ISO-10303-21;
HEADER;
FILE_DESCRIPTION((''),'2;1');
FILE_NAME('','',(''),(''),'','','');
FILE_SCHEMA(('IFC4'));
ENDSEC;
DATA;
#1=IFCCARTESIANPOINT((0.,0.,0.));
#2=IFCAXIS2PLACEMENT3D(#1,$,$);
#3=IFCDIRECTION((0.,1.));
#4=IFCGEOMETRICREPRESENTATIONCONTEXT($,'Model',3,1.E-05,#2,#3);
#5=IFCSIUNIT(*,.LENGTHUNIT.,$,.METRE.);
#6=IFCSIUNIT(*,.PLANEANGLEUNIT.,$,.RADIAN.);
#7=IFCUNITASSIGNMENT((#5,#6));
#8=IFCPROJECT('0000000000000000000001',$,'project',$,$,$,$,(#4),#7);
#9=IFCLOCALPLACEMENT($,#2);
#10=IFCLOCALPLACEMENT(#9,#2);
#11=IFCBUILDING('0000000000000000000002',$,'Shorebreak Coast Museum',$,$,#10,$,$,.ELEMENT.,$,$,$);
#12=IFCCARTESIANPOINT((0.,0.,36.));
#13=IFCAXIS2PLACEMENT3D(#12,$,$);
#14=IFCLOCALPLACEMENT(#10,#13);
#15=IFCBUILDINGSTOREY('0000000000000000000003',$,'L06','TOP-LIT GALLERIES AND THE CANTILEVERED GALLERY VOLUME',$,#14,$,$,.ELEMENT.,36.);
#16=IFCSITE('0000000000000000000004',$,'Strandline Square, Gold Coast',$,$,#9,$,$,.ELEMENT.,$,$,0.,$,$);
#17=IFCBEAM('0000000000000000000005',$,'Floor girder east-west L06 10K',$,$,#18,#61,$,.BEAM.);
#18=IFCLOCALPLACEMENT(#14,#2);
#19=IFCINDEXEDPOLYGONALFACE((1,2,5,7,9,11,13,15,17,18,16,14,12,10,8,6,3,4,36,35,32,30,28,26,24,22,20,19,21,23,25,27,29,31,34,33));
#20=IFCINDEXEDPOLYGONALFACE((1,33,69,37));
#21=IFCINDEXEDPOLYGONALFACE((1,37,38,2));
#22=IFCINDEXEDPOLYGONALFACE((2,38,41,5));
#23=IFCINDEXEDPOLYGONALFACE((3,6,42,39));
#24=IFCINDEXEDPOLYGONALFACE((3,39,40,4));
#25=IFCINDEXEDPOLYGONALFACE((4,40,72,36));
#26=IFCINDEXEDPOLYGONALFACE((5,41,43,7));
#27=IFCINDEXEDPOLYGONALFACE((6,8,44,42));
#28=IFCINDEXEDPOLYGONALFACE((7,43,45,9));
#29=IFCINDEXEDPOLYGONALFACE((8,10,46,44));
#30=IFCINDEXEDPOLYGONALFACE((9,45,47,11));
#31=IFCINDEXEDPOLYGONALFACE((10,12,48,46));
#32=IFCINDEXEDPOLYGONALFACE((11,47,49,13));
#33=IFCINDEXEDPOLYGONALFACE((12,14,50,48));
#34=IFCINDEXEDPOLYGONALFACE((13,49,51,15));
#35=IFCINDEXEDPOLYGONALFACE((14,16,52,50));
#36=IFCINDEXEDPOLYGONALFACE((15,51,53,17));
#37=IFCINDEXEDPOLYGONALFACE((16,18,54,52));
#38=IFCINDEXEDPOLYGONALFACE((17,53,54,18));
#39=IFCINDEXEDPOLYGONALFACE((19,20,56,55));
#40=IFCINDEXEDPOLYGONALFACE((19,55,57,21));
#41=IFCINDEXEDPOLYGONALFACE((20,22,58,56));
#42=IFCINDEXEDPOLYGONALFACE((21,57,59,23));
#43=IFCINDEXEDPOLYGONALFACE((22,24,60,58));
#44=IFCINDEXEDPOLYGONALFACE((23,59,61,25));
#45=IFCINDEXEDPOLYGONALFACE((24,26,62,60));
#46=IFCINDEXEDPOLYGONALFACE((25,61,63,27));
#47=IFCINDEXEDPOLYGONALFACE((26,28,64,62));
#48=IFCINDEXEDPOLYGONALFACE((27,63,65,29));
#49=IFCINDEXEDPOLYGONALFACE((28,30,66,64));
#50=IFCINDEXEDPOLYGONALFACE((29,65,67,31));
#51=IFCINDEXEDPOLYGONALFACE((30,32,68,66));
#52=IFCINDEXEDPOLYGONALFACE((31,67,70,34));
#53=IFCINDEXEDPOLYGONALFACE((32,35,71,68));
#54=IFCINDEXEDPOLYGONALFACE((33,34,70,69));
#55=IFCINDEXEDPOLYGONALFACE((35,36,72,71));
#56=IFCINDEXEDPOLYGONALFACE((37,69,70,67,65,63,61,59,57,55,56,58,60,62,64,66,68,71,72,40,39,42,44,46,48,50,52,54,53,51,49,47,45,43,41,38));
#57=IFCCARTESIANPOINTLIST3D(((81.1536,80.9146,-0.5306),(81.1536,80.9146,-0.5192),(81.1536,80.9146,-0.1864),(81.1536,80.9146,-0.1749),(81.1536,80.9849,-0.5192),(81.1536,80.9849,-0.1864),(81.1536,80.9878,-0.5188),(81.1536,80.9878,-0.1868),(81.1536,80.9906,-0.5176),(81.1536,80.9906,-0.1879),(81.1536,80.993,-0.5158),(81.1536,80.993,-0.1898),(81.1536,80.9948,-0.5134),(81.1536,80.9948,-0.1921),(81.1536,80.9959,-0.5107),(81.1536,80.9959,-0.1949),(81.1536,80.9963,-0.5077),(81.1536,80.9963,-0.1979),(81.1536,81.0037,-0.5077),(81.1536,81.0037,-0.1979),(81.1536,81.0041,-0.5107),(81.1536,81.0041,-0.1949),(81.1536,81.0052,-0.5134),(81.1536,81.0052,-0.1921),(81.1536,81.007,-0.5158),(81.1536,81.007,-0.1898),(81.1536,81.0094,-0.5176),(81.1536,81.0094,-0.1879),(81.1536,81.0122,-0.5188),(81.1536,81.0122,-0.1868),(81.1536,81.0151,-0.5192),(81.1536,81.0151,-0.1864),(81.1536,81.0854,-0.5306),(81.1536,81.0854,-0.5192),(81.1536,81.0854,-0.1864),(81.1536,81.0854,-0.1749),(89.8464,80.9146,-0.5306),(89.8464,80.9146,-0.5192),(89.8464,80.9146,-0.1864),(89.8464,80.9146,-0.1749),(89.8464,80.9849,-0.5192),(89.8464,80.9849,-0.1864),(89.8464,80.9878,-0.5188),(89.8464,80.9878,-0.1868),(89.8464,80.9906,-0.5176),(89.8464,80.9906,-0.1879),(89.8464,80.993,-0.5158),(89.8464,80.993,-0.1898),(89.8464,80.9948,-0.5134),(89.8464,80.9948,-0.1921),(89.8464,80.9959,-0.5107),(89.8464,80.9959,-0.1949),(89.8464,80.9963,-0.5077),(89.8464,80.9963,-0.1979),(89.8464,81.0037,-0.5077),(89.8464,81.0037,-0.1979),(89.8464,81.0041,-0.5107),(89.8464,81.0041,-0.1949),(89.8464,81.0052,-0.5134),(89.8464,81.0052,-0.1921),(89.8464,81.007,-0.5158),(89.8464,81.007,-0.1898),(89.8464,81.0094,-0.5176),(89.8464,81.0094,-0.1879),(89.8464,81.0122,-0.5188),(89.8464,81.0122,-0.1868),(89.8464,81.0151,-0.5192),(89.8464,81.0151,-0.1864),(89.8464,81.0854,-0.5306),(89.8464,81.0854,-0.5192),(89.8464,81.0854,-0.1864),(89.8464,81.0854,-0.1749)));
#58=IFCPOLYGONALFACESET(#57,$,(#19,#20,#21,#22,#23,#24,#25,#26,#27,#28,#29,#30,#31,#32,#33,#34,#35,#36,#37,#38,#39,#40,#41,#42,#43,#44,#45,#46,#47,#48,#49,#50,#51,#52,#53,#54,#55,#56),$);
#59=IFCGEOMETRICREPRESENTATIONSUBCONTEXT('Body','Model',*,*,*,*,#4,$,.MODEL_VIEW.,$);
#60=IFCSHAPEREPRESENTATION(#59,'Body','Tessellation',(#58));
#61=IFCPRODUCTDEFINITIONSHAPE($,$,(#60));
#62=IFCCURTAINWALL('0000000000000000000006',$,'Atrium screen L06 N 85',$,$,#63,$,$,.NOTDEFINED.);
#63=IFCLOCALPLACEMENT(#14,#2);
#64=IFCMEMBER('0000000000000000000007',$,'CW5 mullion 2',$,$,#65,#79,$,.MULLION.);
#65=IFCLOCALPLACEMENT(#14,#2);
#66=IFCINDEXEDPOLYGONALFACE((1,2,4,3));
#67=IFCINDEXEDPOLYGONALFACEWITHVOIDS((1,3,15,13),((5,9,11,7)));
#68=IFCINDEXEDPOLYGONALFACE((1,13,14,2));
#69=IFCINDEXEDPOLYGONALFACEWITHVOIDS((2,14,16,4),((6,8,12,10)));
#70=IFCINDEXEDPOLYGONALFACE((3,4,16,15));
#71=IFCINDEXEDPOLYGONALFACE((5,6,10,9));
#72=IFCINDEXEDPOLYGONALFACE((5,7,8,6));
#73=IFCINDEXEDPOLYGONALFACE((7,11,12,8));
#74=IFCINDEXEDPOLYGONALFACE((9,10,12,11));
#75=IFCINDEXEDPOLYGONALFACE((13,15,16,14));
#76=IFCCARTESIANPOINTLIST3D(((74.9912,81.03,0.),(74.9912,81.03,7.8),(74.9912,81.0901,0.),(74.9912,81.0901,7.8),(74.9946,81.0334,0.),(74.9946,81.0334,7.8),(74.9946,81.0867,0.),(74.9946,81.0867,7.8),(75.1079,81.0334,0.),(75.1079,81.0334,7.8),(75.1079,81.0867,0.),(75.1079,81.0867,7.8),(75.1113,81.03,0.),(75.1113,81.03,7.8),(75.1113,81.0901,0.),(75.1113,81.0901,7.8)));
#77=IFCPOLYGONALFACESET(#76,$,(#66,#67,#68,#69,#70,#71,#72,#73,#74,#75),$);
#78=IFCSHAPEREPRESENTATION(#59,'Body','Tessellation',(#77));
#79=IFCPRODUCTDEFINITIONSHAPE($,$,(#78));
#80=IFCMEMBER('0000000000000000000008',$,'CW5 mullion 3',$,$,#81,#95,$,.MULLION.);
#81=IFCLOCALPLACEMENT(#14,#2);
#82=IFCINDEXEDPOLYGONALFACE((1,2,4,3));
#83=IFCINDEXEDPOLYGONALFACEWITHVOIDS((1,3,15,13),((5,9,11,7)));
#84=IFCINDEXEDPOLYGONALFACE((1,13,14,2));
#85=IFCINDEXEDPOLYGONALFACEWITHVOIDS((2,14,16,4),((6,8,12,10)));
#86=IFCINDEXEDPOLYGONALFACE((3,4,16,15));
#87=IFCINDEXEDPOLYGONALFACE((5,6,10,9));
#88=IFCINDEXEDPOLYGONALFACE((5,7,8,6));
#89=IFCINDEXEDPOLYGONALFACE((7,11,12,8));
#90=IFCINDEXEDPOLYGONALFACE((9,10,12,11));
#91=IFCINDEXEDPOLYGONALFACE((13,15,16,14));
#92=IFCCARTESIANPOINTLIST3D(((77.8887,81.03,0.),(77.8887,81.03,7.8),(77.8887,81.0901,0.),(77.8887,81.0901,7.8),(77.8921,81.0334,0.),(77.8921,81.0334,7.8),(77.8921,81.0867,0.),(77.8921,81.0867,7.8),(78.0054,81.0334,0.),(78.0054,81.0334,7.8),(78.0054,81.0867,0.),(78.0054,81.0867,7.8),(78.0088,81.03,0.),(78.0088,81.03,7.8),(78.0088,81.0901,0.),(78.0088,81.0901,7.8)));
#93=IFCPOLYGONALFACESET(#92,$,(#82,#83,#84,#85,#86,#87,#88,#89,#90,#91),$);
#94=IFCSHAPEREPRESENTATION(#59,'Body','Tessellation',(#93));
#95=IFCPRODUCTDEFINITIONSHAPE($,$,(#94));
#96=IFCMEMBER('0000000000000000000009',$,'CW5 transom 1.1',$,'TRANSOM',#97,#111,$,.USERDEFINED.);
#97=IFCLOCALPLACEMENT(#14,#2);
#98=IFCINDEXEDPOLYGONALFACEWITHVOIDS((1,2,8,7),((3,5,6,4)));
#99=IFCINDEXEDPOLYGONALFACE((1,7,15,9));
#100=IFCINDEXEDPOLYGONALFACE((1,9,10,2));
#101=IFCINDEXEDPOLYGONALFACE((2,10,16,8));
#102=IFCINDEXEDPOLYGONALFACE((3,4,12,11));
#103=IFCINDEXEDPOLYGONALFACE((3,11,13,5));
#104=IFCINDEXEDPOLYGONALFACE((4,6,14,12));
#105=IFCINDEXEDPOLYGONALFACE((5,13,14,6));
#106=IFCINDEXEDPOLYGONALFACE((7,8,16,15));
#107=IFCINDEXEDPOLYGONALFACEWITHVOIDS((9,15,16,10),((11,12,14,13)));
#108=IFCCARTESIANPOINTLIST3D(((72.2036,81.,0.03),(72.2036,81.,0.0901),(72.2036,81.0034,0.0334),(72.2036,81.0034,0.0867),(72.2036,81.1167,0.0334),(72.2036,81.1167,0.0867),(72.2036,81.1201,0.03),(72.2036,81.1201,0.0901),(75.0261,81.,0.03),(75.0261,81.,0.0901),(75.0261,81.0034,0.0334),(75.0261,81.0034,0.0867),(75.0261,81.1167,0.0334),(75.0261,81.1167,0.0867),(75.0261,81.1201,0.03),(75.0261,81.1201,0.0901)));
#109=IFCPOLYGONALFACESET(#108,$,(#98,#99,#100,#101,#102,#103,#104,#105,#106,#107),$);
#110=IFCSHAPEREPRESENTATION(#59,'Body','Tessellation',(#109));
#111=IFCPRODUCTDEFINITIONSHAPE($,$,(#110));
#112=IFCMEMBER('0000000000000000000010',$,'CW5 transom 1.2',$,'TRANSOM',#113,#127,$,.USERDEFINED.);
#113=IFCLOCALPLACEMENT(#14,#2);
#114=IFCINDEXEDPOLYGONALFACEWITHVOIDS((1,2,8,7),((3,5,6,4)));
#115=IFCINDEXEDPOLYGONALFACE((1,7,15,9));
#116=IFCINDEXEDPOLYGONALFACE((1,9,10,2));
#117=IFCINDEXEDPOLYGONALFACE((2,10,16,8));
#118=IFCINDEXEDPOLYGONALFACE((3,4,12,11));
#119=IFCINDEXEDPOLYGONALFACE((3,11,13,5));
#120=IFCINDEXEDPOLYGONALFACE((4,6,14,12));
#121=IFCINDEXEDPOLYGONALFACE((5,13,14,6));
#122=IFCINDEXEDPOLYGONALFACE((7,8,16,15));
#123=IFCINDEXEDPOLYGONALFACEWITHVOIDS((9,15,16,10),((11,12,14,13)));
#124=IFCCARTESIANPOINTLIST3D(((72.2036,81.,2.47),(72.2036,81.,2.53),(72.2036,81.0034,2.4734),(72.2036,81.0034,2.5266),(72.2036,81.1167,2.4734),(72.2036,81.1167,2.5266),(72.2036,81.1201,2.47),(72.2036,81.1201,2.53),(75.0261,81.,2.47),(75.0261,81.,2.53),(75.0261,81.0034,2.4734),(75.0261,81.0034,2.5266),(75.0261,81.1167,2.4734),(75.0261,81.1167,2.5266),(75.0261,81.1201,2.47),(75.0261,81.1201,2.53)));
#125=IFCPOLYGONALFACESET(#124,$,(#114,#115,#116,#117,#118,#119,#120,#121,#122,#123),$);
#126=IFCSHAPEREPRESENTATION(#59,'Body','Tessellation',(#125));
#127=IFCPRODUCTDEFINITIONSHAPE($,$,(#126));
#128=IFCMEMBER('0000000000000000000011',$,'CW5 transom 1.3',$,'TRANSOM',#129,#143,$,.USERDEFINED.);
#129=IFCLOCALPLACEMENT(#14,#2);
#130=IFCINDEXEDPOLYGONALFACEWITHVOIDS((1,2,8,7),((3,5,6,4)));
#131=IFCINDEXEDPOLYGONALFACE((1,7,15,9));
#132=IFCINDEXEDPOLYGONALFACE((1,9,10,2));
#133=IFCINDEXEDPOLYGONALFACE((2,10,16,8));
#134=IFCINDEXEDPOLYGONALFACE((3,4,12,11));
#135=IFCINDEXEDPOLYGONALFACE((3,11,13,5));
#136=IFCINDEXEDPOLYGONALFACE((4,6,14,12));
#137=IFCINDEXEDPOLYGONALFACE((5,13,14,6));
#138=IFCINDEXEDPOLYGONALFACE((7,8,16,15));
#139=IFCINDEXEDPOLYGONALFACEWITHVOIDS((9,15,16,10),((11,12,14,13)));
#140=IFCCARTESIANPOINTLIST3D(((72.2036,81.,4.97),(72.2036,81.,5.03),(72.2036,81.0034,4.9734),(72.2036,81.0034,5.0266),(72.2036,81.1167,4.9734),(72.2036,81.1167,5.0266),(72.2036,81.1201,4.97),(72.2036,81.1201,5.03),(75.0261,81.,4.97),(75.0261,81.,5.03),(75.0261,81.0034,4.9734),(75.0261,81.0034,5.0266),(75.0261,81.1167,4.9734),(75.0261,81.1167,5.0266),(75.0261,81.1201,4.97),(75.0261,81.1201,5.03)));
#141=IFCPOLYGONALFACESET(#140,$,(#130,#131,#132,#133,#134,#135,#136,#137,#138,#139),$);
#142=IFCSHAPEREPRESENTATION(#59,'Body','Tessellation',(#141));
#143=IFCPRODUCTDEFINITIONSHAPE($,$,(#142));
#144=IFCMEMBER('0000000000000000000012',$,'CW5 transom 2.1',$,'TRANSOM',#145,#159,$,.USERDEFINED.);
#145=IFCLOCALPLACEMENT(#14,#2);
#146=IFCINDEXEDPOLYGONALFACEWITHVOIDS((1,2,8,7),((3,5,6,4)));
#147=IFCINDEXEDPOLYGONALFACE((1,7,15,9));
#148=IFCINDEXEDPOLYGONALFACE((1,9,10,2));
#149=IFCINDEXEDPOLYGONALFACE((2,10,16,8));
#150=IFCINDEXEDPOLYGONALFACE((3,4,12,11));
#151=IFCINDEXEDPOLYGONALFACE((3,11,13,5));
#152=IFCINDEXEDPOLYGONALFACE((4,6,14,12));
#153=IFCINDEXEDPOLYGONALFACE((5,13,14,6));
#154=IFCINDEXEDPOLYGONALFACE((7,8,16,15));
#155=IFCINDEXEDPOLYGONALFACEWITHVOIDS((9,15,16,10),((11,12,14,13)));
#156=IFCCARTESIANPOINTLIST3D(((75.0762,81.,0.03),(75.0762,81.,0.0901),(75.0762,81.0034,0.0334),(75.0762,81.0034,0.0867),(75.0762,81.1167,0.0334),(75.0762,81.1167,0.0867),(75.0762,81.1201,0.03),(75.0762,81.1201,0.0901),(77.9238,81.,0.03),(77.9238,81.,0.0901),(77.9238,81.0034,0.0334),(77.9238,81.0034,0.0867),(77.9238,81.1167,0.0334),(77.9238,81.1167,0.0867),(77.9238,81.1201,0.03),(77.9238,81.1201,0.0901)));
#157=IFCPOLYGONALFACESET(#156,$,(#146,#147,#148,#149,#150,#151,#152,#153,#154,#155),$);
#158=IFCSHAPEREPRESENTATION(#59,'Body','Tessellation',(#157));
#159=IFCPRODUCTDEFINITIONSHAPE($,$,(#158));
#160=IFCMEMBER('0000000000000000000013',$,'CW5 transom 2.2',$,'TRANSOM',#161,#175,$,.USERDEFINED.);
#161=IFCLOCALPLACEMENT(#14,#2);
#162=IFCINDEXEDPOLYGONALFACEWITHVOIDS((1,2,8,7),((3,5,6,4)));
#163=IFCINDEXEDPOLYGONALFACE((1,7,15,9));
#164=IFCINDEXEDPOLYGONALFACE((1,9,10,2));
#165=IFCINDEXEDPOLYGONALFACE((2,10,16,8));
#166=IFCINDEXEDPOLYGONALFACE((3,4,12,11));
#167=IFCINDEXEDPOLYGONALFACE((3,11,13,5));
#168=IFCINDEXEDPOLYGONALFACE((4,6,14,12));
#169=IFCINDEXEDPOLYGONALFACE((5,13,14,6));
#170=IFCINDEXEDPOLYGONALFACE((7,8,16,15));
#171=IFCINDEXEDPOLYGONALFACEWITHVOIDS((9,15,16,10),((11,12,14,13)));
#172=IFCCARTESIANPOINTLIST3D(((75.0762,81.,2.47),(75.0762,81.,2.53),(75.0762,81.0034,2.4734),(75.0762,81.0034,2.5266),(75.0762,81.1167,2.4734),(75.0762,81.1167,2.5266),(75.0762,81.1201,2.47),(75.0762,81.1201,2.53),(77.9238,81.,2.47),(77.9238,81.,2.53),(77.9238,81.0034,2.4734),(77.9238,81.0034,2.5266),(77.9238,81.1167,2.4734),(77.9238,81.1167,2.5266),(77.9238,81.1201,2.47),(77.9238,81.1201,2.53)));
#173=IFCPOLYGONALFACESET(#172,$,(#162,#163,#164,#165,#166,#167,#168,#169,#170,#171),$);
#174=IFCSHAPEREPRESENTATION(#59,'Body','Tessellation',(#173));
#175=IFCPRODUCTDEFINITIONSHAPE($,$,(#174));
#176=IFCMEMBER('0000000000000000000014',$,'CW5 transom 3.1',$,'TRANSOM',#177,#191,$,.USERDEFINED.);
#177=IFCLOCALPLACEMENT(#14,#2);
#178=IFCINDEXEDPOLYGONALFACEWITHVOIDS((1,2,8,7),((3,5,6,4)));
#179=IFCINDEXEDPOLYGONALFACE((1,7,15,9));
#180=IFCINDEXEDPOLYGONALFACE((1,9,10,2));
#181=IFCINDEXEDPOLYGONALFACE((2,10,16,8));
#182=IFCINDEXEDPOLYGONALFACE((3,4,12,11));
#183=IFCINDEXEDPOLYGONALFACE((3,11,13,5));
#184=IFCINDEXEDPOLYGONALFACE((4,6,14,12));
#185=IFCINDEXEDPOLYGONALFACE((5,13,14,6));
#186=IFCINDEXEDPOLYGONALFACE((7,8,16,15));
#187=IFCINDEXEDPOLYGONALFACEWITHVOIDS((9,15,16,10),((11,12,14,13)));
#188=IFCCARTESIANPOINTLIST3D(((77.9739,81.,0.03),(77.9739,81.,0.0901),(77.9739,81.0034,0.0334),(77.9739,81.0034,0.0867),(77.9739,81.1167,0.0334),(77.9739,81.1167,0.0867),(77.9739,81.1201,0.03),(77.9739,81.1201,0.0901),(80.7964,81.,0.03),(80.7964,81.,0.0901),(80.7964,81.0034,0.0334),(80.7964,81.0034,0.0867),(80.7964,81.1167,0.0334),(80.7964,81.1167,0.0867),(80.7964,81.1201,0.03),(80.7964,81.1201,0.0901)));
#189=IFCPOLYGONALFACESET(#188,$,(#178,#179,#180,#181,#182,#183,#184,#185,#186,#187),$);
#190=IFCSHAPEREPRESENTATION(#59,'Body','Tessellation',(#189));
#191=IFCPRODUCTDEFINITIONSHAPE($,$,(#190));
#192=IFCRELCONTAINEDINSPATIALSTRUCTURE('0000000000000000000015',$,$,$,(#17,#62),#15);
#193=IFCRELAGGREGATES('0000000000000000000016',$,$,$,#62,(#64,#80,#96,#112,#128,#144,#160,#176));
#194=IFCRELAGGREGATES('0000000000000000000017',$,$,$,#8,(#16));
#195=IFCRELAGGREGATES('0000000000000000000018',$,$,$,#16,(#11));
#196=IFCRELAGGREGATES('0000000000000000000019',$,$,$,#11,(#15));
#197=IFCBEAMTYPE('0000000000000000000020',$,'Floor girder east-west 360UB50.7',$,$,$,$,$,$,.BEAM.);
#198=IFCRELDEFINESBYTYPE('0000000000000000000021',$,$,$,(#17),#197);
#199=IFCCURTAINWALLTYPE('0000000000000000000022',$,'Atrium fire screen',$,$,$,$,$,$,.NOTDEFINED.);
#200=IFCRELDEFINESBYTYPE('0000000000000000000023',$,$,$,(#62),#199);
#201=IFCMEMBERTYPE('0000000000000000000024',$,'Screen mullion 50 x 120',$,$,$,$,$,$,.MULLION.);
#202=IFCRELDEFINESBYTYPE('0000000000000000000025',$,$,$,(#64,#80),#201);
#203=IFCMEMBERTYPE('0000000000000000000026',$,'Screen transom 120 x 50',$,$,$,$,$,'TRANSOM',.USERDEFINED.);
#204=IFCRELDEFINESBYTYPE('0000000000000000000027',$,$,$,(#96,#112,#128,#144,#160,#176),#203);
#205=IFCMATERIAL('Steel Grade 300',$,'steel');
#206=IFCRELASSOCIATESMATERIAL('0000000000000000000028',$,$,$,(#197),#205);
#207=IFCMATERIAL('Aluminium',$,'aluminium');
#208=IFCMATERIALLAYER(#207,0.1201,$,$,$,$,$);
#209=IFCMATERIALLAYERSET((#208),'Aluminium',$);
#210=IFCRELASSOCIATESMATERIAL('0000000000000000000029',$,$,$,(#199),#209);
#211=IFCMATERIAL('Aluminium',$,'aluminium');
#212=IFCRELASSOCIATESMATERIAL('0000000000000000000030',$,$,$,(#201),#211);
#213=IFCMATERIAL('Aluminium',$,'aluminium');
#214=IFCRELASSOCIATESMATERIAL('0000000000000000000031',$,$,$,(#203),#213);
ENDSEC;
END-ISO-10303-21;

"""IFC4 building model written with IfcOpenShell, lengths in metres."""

from ifc_helpers import new_model, si_unit, direction, frame, origin, origin_2d, place, context, subcontext, project, spatial, hollow_rectangle, i_section, extrude, material, layer, layer_set, material_profile, profile_set, type_object, element, aggregate, save


model = new_model("IFC4")

# Units and contexts
model_context = context("Model", 3, precision=1e-05, world=origin(), true_north=direction((0.0, 1.0)))
body_context = subcontext(model_context, "Body", "Model", "MODEL_VIEW")
ifc_project = project(units=[si_unit("LENGTHUNIT", "METRE"), si_unit("PLANEANGLEUNIT", "RADIAN")], contexts=[model_context])

# Site, building, storey
site_placement = place(None, origin())
site = spatial("IfcSite", under=ifc_project, at=site_placement, Name="Strandline Square, Gold Coast", CompositionType="ELEMENT", RefElevation=0.0)
building_placement = place(site_placement, origin())
building = spatial("IfcBuilding", under=site, at=building_placement, Name="Shorebreak Coast Museum", CompositionType="ELEMENT")
storey_placement = place(building_placement, frame((0.0, 0.0, 36.0)))
storey = spatial("IfcBuildingStorey", under=building, at=storey_placement, Name="L06", Description="TOP-LIT GALLERIES AND THE CANTILEVERED GALLERY VOLUME", CompositionType="ELEMENT", Elevation=36.0)

# Beam
ifc_material_1 = material(Name="Steel Grade 300", Category="steel")
ifc_material_profile_1 = material_profile(ifc_material_1, i_section(OverallWidth=0.1709, OverallDepth=0.3557, WebThickness=0.0073, FlangeThickness=0.0115, FilletRadius=0.0115, at=origin_2d()), Name="360UB50.7")
ifc_profile_set_1 = profile_set([ifc_material_profile_1], Name="Steel Grade 300")
beam_type = type_object("IfcBeamType", Name="Floor girder east-west 360UB50.7", PredefinedType="BEAM", material=ifc_profile_set_1)
beam_placement = place(storey_placement, frame((81.1536, 81.0, -0.3528), z_axis=(1.0, 0.0, 0.0), x_axis=(0.0, 1.0, 0.0)))
element("IfcBeam", 1, at=beam_placement, inside=storey, type_object=beam_type, Name="Floor girder east-west L06 10K", PredefinedType="BEAM", context=body_context, shape_type="SweptSolid", body=[
    extrude(i_section(OverallWidth=0.1709, OverallDepth=0.3557, WebThickness=0.0073, FlangeThickness=0.0115, FilletRadius=0.0115, at=origin_2d()), origin(), (0.0, 0.0, 1.0), 8.6929),
])

# Curtain wall, members
ifc_material_2 = material(Name="Aluminium", Category="aluminium")
ifc_layer_1 = layer(ifc_material_2, 0.1201)
ifc_layer_set_1 = layer_set([ifc_layer_1], Name="Aluminium")
curtain_wall_type = type_object("IfcCurtainWallType", Name="Atrium fire screen", PredefinedType="NOTDEFINED", material=ifc_layer_set_1)
curtain_wall_placement = place(storey_placement, origin())
curtain_wall = element("IfcCurtainWall", 2, at=curtain_wall_placement, inside=storey, type_object=curtain_wall_type, Name="Atrium screen L06 N 85", PredefinedType="NOTDEFINED")
ifc_material_3 = material(Name="Aluminium", Category="aluminium")
ifc_material_profile_2 = material_profile(ifc_material_3, hollow_rectangle(XDim=0.0601, YDim=0.1201, WallThickness=0.0034, at=origin_2d()), Name="AL 120x60 RHS")
ifc_profile_set_2 = profile_set([ifc_material_profile_2], Name="Aluminium")
member_type_1 = type_object("IfcMemberType", Name="Screen mullion 50 x 120", PredefinedType="MULLION", material=ifc_profile_set_2)
member_1_placement = place(storey_placement, frame((75.0513, 81.0601, 0.0), z_axis=(0.0, 0.0, 1.0), x_axis=(0.0, 1.0, 0.0)))
member_1 = element("IfcMember", 3, at=member_1_placement, type_object=member_type_1, Name="CW5 mullion 2", PredefinedType="MULLION", context=body_context, shape_type="SweptSolid", body=[
    extrude(hollow_rectangle(XDim=0.0601, YDim=0.1201, WallThickness=0.0034, at=origin_2d()), origin(), (0.0, 0.0, 1.0), 7.8),
])
member_2_placement = place(storey_placement, frame((77.9487, 81.0601, 0.0), z_axis=(0.0, 0.0, 1.0), x_axis=(0.0, 1.0, 0.0)))
member_2 = element("IfcMember", 4, at=member_2_placement, type_object=member_type_1, Name="CW5 mullion 3", PredefinedType="MULLION", context=body_context, shape_type="SweptSolid", body=[
    extrude(hollow_rectangle(XDim=0.0601, YDim=0.1201, WallThickness=0.0034, at=origin_2d()), origin(), (0.0, 0.0, 1.0), 7.8),
])
ifc_material_4 = material(Name="Aluminium", Category="aluminium")
ifc_material_profile_3 = material_profile(ifc_material_4, hollow_rectangle(XDim=0.1201, YDim=0.0601, WallThickness=0.0034, at=origin_2d()), Name="AL 60x120 RHS")
ifc_profile_set_3 = profile_set([ifc_material_profile_3], Name="Aluminium")
member_type_2 = type_object("IfcMemberType", Name="Screen transom 120 x 50", ElementType="TRANSOM", PredefinedType="USERDEFINED", material=ifc_profile_set_3)
member_3_placement = place(storey_placement, frame((72.2036, 81.0601, 0.0601), z_axis=(1.0, 0.0, 0.0), x_axis=(0.0, 1.0, 0.0)))
member_3 = element("IfcMember", 5, at=member_3_placement, type_object=member_type_2, Name="CW5 transom 1.1", ObjectType="TRANSOM", PredefinedType="USERDEFINED", context=body_context, shape_type="SweptSolid", body=[
    extrude(hollow_rectangle(XDim=0.1201, YDim=0.0601, WallThickness=0.0034, at=origin_2d()), origin(), (0.0, 0.0, 1.0), 2.8225),
])
member_4_placement = place(storey_placement, frame((72.2036, 81.0601, 2.5), z_axis=(1.0, 0.0, 0.0), x_axis=(0.0, 1.0, 0.0)))
member_4 = element("IfcMember", 6, at=member_4_placement, type_object=member_type_2, Name="CW5 transom 1.2", ObjectType="TRANSOM", PredefinedType="USERDEFINED", context=body_context, shape_type="SweptSolid", body=[
    extrude(hollow_rectangle(XDim=0.1201, YDim=0.0601, WallThickness=0.0034, at=origin_2d()), origin(), (0.0, 0.0, 1.0), 2.8225),
])
member_5_placement = place(storey_placement, frame((72.2036, 81.0601, 5.0), z_axis=(1.0, 0.0, 0.0), x_axis=(0.0, 1.0, 0.0)))
member_5 = element("IfcMember", 7, at=member_5_placement, type_object=member_type_2, Name="CW5 transom 1.3", ObjectType="TRANSOM", PredefinedType="USERDEFINED", context=body_context, shape_type="SweptSolid", body=[
    extrude(hollow_rectangle(XDim=0.1201, YDim=0.0601, WallThickness=0.0034, at=origin_2d()), origin(), (0.0, 0.0, 1.0), 2.8225),
])
member_6_placement = place(storey_placement, frame((75.0762, 81.0601, 0.0601), z_axis=(1.0, 0.0, 0.0), x_axis=(0.0, 1.0, 0.0)))
member_6 = element("IfcMember", 8, at=member_6_placement, type_object=member_type_2, Name="CW5 transom 2.1", ObjectType="TRANSOM", PredefinedType="USERDEFINED", context=body_context, shape_type="SweptSolid", body=[
    extrude(hollow_rectangle(XDim=0.1201, YDim=0.0601, WallThickness=0.0034, at=origin_2d()), origin(), (0.0, 0.0, 1.0), 2.8477),
])
member_7_placement = place(storey_placement, frame((75.0762, 81.0601, 2.5), z_axis=(1.0, 0.0, 0.0), x_axis=(0.0, 1.0, 0.0)))
member_7 = element("IfcMember", 9, at=member_7_placement, type_object=member_type_2, Name="CW5 transom 2.2", ObjectType="TRANSOM", PredefinedType="USERDEFINED", context=body_context, shape_type="SweptSolid", body=[
    extrude(hollow_rectangle(XDim=0.1201, YDim=0.0601, WallThickness=0.0034, at=origin_2d()), origin(), (0.0, 0.0, 1.0), 2.8477),
])
member_8_placement = place(storey_placement, frame((77.9739, 81.0601, 0.0601), z_axis=(1.0, 0.0, 0.0), x_axis=(0.0, 1.0, 0.0)))
member_8 = element("IfcMember", 10, at=member_8_placement, type_object=member_type_2, Name="CW5 transom 3.1", ObjectType="TRANSOM", PredefinedType="USERDEFINED", context=body_context, shape_type="SweptSolid", body=[
    extrude(hollow_rectangle(XDim=0.1201, YDim=0.0601, WallThickness=0.0034, at=origin_2d()), origin(), (0.0, 0.0, 1.0), 2.8225),
])
aggregate(curtain_wall, [member_1, member_2, member_3, member_4, member_5, member_6, member_7, member_8])

save(model, "model.ifc")
